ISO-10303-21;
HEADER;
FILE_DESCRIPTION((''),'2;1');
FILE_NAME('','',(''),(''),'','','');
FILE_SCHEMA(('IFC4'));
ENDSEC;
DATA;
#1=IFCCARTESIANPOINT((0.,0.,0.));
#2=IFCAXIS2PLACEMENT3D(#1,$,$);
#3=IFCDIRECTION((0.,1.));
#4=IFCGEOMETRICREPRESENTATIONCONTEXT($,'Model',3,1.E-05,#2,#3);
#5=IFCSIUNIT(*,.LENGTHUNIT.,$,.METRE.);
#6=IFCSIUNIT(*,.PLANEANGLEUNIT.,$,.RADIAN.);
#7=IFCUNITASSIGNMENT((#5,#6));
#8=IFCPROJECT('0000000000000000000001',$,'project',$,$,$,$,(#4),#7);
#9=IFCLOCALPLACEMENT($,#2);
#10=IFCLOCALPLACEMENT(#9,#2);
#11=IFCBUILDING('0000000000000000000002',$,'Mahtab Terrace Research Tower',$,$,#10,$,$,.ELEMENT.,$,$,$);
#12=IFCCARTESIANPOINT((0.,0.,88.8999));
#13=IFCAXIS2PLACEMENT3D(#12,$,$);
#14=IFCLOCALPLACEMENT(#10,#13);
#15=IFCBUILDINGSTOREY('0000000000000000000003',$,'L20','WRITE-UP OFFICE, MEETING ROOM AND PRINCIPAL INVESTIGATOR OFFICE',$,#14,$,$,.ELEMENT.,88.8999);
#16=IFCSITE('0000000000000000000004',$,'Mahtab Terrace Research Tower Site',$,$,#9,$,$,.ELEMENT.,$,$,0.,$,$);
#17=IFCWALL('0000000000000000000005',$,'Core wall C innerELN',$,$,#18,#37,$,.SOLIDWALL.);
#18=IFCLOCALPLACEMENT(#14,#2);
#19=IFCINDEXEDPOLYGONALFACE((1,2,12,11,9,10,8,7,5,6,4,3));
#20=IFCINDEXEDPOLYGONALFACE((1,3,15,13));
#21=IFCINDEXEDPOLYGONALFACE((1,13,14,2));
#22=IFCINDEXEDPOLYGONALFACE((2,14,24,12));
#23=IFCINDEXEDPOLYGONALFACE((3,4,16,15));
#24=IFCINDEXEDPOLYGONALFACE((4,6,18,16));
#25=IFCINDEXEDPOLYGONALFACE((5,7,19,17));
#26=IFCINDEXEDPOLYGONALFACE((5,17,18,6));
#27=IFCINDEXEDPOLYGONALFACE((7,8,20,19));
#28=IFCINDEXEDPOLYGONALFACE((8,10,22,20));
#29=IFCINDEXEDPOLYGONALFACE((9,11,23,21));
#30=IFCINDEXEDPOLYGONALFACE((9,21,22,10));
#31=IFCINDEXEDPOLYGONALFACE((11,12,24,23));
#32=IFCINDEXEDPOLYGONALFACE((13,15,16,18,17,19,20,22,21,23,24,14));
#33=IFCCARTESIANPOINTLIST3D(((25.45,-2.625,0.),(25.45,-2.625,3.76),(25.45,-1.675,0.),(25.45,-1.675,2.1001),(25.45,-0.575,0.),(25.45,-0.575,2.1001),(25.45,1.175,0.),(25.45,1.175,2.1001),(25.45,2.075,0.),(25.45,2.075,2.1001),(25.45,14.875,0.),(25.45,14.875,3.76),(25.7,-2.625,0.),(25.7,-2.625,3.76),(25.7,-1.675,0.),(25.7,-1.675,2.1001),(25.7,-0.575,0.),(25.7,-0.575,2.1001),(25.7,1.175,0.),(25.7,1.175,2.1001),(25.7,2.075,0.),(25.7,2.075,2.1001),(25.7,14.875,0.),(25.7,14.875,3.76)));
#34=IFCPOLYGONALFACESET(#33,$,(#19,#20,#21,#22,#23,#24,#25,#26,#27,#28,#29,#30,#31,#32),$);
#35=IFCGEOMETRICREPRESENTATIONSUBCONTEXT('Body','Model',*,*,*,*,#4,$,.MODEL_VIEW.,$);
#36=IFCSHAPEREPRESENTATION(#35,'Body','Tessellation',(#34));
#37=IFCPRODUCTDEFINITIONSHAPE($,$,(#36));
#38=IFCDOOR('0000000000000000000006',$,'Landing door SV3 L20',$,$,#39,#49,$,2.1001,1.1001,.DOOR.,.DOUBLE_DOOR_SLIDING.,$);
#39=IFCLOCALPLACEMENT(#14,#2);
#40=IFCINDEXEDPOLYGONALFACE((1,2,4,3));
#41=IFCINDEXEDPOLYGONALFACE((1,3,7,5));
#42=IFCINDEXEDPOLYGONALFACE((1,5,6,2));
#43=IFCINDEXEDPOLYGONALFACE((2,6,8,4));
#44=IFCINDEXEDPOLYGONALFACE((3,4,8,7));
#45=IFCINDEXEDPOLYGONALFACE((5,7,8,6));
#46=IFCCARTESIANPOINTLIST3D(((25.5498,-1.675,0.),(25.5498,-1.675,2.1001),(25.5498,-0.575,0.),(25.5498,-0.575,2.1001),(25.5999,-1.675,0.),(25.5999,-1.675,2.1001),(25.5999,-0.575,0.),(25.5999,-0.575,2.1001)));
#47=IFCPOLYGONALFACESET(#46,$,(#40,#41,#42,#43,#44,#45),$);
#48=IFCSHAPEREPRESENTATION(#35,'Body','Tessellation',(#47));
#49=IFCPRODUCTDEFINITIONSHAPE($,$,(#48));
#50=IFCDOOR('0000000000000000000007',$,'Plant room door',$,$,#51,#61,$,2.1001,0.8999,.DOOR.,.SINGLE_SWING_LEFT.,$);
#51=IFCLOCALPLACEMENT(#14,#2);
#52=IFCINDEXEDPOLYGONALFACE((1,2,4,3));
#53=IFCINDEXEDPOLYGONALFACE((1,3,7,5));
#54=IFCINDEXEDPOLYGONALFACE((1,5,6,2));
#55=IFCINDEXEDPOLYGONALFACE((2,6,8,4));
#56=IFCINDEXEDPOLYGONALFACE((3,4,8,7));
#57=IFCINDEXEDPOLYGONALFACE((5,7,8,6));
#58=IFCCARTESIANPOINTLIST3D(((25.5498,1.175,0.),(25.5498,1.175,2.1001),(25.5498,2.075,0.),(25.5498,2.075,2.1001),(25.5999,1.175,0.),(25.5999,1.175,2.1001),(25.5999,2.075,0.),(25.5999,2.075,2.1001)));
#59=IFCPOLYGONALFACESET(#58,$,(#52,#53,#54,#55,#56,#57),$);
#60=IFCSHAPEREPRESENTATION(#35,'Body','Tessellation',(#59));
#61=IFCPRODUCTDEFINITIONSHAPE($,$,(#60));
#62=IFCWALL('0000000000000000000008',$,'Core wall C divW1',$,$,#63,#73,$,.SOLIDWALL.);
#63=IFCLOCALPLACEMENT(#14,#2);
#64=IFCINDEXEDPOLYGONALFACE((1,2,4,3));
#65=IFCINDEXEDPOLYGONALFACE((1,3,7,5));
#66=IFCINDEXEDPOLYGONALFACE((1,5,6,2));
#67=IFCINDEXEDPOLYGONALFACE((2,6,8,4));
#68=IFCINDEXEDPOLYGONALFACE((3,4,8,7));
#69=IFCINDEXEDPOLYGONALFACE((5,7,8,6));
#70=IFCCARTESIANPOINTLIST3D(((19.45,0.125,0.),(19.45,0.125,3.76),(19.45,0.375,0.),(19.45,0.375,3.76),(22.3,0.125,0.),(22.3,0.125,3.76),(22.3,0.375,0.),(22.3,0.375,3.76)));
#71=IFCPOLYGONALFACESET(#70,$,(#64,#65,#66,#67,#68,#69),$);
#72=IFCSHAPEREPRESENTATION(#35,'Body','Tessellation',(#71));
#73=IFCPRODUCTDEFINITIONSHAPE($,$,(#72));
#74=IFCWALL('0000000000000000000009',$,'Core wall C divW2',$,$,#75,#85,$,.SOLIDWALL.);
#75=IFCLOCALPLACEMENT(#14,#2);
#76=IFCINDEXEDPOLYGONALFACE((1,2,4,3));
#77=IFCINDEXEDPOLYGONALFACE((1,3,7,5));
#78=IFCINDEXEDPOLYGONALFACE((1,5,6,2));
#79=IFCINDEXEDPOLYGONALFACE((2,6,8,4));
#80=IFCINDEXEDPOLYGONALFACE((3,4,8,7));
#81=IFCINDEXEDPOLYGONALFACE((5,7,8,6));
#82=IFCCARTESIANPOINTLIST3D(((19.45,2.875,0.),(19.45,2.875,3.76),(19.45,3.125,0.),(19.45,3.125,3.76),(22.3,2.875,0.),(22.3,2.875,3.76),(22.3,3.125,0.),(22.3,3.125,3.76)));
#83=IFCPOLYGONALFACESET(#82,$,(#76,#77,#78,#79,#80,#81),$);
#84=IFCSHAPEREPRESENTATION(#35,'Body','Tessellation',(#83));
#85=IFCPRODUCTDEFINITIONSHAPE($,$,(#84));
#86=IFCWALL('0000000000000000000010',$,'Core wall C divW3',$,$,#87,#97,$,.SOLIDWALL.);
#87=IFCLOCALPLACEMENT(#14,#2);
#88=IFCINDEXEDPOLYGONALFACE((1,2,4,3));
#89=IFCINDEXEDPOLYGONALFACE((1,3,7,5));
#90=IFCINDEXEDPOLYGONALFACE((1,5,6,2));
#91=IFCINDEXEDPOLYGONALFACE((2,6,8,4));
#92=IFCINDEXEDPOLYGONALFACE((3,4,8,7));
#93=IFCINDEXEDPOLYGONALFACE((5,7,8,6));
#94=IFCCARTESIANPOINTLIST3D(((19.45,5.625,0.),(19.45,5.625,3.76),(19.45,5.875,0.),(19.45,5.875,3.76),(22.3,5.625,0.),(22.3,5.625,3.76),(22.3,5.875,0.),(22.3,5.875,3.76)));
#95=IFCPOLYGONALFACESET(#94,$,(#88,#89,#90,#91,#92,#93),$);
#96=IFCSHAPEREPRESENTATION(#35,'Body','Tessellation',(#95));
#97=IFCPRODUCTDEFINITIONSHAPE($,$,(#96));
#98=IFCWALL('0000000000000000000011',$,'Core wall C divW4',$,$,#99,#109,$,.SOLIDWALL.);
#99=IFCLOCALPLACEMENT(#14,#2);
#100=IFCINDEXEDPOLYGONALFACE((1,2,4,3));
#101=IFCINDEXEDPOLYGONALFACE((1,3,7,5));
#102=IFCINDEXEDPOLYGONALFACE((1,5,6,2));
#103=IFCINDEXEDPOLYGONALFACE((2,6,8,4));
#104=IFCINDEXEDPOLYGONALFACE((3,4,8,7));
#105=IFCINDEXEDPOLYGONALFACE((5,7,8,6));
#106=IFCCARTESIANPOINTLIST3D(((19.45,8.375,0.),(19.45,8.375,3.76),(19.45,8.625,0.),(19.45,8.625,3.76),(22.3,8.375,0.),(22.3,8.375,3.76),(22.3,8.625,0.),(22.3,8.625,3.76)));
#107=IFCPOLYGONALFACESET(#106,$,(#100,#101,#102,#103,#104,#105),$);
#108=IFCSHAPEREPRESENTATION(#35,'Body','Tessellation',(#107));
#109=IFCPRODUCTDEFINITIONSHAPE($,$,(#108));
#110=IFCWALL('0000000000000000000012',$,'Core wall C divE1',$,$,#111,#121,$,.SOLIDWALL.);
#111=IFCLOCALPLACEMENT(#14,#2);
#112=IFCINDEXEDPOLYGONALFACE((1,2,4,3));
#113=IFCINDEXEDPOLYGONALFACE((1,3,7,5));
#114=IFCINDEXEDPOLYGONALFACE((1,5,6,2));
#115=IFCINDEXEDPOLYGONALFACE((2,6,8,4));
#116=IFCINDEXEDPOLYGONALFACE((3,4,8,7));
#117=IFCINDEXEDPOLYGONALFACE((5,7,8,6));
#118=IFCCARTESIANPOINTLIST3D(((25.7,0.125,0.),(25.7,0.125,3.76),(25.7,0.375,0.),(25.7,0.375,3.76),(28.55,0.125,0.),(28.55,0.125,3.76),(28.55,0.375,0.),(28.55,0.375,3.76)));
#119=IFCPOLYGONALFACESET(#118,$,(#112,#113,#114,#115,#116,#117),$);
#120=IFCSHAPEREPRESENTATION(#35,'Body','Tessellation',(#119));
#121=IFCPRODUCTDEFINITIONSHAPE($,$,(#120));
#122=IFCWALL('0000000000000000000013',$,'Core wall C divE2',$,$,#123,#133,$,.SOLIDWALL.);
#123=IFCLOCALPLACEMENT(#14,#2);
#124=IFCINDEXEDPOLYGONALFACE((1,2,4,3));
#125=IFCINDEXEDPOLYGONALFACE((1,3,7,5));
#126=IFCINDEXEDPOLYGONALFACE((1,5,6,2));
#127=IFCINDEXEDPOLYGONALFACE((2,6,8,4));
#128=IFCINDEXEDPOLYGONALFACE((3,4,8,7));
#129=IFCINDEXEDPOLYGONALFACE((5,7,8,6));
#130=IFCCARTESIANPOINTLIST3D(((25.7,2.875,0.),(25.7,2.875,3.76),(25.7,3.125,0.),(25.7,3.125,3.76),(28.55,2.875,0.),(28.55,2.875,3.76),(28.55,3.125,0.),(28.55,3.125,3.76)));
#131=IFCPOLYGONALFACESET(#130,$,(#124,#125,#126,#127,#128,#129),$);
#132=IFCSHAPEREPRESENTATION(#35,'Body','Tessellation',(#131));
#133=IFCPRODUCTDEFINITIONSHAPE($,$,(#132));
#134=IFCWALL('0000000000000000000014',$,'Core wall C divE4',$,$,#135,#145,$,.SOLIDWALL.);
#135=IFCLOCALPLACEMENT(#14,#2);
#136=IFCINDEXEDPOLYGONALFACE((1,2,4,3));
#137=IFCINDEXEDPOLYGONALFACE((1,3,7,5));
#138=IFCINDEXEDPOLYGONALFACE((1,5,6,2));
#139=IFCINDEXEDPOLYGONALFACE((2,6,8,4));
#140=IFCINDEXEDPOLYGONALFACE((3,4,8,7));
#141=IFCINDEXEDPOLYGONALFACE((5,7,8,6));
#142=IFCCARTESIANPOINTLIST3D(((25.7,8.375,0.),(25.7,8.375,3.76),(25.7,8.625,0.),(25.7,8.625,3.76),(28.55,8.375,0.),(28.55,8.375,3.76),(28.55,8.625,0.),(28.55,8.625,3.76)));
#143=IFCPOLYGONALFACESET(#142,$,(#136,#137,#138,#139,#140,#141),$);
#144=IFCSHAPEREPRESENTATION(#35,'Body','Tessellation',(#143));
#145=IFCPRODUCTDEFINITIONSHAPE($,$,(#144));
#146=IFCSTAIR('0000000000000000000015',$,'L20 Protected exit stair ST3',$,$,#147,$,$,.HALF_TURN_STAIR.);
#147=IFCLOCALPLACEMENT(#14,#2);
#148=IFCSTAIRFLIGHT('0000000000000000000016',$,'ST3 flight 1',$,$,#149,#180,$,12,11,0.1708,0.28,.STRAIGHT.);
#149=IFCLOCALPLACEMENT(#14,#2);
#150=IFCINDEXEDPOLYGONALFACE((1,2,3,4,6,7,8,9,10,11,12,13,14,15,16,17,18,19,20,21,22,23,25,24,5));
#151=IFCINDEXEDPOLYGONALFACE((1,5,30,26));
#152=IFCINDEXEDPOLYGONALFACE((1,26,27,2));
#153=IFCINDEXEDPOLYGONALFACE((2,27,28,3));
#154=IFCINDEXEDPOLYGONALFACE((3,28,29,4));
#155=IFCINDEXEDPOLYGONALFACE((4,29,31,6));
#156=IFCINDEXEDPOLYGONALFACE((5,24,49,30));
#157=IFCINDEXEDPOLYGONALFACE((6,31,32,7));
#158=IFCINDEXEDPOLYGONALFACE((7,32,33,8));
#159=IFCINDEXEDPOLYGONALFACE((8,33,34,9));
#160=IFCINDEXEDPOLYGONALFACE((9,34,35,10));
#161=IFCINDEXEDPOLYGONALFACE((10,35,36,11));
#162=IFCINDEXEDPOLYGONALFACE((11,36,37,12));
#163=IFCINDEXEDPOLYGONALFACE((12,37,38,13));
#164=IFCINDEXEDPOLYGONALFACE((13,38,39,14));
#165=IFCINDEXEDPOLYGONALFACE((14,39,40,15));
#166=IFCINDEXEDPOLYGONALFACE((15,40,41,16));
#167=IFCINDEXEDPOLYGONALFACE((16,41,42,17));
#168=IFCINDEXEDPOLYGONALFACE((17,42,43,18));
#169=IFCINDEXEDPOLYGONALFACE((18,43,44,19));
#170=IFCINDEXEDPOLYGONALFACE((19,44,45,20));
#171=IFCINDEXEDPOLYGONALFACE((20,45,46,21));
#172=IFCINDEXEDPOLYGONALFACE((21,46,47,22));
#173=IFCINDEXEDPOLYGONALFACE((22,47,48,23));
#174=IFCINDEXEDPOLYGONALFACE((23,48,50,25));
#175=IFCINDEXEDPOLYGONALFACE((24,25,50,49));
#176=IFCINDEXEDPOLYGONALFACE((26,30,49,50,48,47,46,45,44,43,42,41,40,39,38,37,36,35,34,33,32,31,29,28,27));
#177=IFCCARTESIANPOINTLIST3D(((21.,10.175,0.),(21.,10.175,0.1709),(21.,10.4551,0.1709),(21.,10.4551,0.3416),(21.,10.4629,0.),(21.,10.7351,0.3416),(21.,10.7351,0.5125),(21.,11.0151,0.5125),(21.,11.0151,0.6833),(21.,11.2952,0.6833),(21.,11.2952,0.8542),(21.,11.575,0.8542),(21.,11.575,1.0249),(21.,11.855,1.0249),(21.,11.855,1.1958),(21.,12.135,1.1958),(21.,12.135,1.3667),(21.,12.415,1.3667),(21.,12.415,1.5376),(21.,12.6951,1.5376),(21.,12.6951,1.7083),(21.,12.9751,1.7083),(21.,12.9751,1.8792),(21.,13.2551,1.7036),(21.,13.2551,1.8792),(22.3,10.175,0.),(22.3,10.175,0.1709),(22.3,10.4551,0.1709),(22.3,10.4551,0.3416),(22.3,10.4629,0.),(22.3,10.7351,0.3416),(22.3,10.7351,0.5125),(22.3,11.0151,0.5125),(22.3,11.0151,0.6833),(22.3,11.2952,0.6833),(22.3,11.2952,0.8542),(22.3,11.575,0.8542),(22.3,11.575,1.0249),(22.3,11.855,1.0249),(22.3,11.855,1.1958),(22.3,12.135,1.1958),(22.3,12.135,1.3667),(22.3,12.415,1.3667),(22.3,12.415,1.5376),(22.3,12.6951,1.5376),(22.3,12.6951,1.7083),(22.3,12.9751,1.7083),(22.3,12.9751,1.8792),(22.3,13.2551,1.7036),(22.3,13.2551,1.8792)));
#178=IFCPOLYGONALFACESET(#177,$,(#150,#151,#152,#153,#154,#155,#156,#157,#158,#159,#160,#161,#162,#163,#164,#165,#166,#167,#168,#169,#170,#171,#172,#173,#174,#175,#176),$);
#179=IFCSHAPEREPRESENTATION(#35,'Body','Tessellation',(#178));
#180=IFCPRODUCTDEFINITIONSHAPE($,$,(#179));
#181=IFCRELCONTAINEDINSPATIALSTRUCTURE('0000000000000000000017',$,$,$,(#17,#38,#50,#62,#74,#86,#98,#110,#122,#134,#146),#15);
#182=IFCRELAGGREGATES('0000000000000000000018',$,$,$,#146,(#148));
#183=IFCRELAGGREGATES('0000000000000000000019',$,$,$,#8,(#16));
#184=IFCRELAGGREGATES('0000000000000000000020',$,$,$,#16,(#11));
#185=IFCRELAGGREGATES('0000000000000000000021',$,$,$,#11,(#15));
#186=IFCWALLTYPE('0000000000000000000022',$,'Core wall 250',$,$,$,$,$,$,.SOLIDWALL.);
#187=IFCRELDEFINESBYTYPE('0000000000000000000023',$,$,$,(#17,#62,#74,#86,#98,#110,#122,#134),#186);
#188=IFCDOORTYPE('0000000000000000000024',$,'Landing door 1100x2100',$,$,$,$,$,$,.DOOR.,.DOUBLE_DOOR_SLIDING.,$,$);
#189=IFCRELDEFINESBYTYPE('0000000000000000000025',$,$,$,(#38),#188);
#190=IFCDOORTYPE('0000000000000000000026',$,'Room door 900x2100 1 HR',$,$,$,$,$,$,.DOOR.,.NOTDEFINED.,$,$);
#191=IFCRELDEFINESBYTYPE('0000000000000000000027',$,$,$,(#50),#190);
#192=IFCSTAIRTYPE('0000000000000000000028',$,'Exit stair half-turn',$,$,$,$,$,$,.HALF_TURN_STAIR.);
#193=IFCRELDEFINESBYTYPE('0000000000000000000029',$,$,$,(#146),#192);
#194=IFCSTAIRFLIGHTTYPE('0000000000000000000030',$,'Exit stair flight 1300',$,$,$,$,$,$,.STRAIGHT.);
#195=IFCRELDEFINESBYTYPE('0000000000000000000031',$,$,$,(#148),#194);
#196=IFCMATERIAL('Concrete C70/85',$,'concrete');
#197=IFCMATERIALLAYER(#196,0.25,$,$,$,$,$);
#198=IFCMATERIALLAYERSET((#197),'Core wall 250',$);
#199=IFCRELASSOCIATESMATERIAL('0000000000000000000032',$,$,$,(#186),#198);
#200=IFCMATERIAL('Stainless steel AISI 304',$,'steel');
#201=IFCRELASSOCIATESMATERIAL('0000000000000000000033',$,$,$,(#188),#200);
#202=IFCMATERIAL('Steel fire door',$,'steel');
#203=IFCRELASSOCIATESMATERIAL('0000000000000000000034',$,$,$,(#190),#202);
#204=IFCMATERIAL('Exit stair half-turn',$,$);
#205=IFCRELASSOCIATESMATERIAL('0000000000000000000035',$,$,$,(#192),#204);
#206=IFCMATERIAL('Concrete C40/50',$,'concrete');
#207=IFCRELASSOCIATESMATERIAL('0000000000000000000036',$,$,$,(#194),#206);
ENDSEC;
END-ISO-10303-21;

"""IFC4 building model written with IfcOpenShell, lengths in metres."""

from ifc_helpers import new_model, si_unit, direction, frame, frame_2d, origin, place, context, subcontext, project, spatial, polyline, rectangle, outline, extrude, material, layer, layer_set, type_object, element, fill, aggregate, save


model = new_model("IFC4")

# Units and contexts
model_context = context("Model", 3, precision=1e-05, world=origin(), true_north=direction((0.0, 1.0)))
body_context = subcontext(model_context, "Body", "Model", "MODEL_VIEW")
ifc_project = project(units=[si_unit("LENGTHUNIT", "METRE"), si_unit("PLANEANGLEUNIT", "RADIAN")], contexts=[model_context])

# Site, building, storey
site_placement = place(None, origin())
site = spatial("IfcSite", under=ifc_project, at=site_placement, Name="Mahtab Terrace Research Tower Site", CompositionType="ELEMENT", RefElevation=0.0)
building_placement = place(site_placement, origin())
building = spatial("IfcBuilding", under=site, at=building_placement, Name="Mahtab Terrace Research Tower", CompositionType="ELEMENT")
storey_placement = place(building_placement, frame((0.0, 0.0, 88.8999)))
storey = spatial("IfcBuildingStorey", under=building, at=storey_placement, Name="L20", Description="WRITE-UP OFFICE, MEETING ROOM AND PRINCIPAL INVESTIGATOR OFFICE", CompositionType="ELEMENT", Elevation=88.8999)

# Shared definitions
ifc_material_1 = material(Name="Concrete C70/85", Category="concrete")

# Shared definitions
ifc_layer_1 = layer(ifc_material_1, 0.25)
ifc_layer_set_1 = layer_set([ifc_layer_1], Name="Core wall 250")
wall_type_1 = type_object("IfcWallType", Name="Core wall 250", PredefinedType="SOLIDWALL", material=ifc_layer_set_1)
ifc_material_2 = material(Name="Steel fire door", Category="steel")

# Wall, openings, doors
wall_1_placement = place(storey_placement, frame((25.575, 14.875, 0.0), z_axis=(0.0, 0.0, 1.0), x_axis=(0.0, -1.0, 0.0)))
wall_1 = element("IfcWall", 1, at=wall_1_placement, inside=storey, type_object=wall_type_1, Name="Core wall C innerELN", PredefinedType="SOLIDWALL", context=body_context, shape_type="SweptSolid", body=[
    extrude(rectangle(XDim=17.5, YDim=0.25, at=frame_2d((8.75, 0.0))), origin(), (0.0, 0.0, 1.0), 3.76),
])
opening_1_placement = place(wall_1_placement, frame((15.45, 0.0, 0.0)))
opening_1 = element("IfcOpeningElement", 2, at=opening_1_placement, cuts=wall_1, PredefinedType="OPENING", context=body_context, shape_type="SweptSolid", body=[
    extrude(rectangle(XDim=1.1001, YDim=2.1001, at=frame_2d((0.55, 1.05))), frame((0.0, 0.135, 0.0), z_axis=(0.0, -1.0, 0.0), x_axis=(1.0, 0.0, 0.0)), (0.0, 0.0, 1.0), 0.27),
])
opening_2_placement = place(wall_1_placement, frame((12.8, 0.0, 0.0)))
opening_2 = element("IfcOpeningElement", 3, at=opening_2_placement, cuts=wall_1, PredefinedType="OPENING", context=body_context, shape_type="SweptSolid", body=[
    extrude(rectangle(XDim=0.8999, YDim=2.1001, at=frame_2d((0.45, 1.05))), frame((0.0, 0.135, 0.0), z_axis=(0.0, -1.0, 0.0), x_axis=(1.0, 0.0, 0.0)), (0.0, 0.0, 1.0), 0.27),
])
ifc_material_3 = material(Name="Stainless steel AISI 304", Category="steel")
door_type_1 = type_object("IfcDoorType", Name="Landing door 1100x2100", OperationType="DOUBLE_DOOR_SLIDING", PredefinedType="DOOR", material=ifc_material_3)
door_1_placement = place(opening_1_placement, origin())
door_1 = element("IfcDoor", 4, at=door_1_placement, inside=storey, type_object=door_type_1, Name="Landing door SV3 L20", OperationType="DOUBLE_DOOR_SLIDING", OverallHeight=2.1001, OverallWidth=1.1001, PredefinedType="DOOR", context=body_context, shape_type="SweptSolid", body=[
    extrude(rectangle(XDim=1.1001, YDim=2.1001, at=frame_2d((0.55, 1.05))), frame((0.0, 0.0249, 0.0), z_axis=(0.0, -1.0, 0.0), x_axis=(1.0, 0.0, 0.0)), (0.0, 0.0, 1.0), 0.05),
])
fill(opening_1, door_1)
door_type_2 = type_object("IfcDoorType", Name="Room door 900x2100 1 HR", OperationType="NOTDEFINED", PredefinedType="DOOR", material=ifc_material_2)
door_2_placement = place(opening_2_placement, origin())
door_2 = element("IfcDoor", 5, at=door_2_placement, inside=storey, type_object=door_type_2, Name="Plant room door", OperationType="SINGLE_SWING_LEFT", OverallHeight=2.1001, OverallWidth=0.8999, PredefinedType="DOOR", context=body_context, shape_type="SweptSolid", body=[
    extrude(rectangle(XDim=0.8999, YDim=2.1001, at=frame_2d((0.45, 1.05))), frame((0.0, 0.0249, 0.0), z_axis=(0.0, -1.0, 0.0), x_axis=(1.0, 0.0, 0.0)), (0.0, 0.0, 1.0), 0.05),
])
fill(opening_2, door_2)

# Walls
for number, where, z_axis, x_axis, name in (
    (6, (19.45, 0.25, 0.0), (0.0, 0.0, 1.0), (1.0, 0.0, 0.0), "Core wall C divW1"),
    (7, (19.45, 3.0, 0.0), (0.0, 0.0, 1.0), (1.0, 0.0, 0.0), "Core wall C divW2"),
    (8, (19.45, 5.75, 0.0), (0.0, 0.0, 1.0), (1.0, 0.0, 0.0), "Core wall C divW3"),
    (9, (19.45, 8.5, 0.0), (0.0, 0.0, 1.0), (1.0, 0.0, 0.0), "Core wall C divW4"),
    (10, (25.7, 0.25, 0.0), (0.0, 0.0, 1.0), (1.0, 0.0, 0.0), "Core wall C divE1"),
    (11, (25.7, 3.0, 0.0), (0.0, 0.0, 1.0), (1.0, 0.0, 0.0), "Core wall C divE2"),
    (12, (25.7, 8.5, 0.0), (0.0, 0.0, 1.0), (1.0, 0.0, 0.0), "Core wall C divE4"),
):
    element("IfcWall", number, at=place(storey_placement, frame(where, z_axis=z_axis, x_axis=x_axis)), inside=storey, type_object=wall_type_1, Name=name, PredefinedType="SOLIDWALL", context=body_context, shape_type="SweptSolid", body=[
        extrude(rectangle(XDim=2.8501, YDim=0.25, at=frame_2d((1.425, 0.0))), origin(), (0.0, 0.0, 1.0), 3.76),
    ])

# Stair, stair flight
ifc_material_4 = material(Name="Exit stair half-turn")
stair_type = type_object("IfcStairType", Name="Exit stair half-turn", PredefinedType="HALF_TURN_STAIR", material=ifc_material_4)
stair_placement = place(storey_placement, origin())
stair = element("IfcStair", 13, at=stair_placement, inside=storey, type_object=stair_type, Name="L20 Protected exit stair ST3", PredefinedType="HALF_TURN_STAIR")
ifc_material_5 = material(Name="Concrete C40/50", Category="concrete")
stair_flight_type = type_object("IfcStairFlightType", Name="Exit stair flight 1300", PredefinedType="STRAIGHT", material=ifc_material_5)
stair_flight_1_placement = place(storey_placement, frame((21.6499, 10.175, 0.0), z_axis=(0.0, 0.0, 1.0), x_axis=(0.0, 1.0, 0.0)))
stair_flight_1 = element("IfcStairFlight", 14, at=stair_flight_1_placement, type_object=stair_flight_type, Name="ST3 flight 1", NumberOfRisers=12, NumberOfTreads=11, PredefinedType="STRAIGHT", RiserHeight=0.1708, TreadLength=0.28, context=body_context, shape_type="SweptSolid", body=[
    extrude(outline(polyline([(0.0, 0.0), (0.0, 0.1709), (0.28, 0.1709), (0.28, 0.3416), (0.5601, 0.3416), (0.5601, 0.5125), (0.8401, 0.5125), (0.8401, 0.6833), (1.1201, 0.6833), (1.1201, 0.8542), (1.3999, 0.8542), (1.3999, 1.0249), (1.6799, 1.0249), (1.6799, 1.1958), (1.96, 1.1958), (1.96, 1.3667), (2.24, 1.3667), (2.24, 1.5376), (2.52, 1.5376), (2.52, 1.7083), (2.8, 1.7083), (2.8, 1.8792), (3.0801, 1.8792), (3.0801, 2.05), (3.0801, 1.7036), (0.2878, 0.0), (0.0, 0.0)])), frame((0.0, 0.6499, 0.0), z_axis=(0.0, -1.0, 0.0), x_axis=(1.0, 0.0, 0.0)), (0.0, 0.0, 1.0), 1.3),
])
aggregate(stair, [stair_flight_1])

save(model, "model.ifc")
